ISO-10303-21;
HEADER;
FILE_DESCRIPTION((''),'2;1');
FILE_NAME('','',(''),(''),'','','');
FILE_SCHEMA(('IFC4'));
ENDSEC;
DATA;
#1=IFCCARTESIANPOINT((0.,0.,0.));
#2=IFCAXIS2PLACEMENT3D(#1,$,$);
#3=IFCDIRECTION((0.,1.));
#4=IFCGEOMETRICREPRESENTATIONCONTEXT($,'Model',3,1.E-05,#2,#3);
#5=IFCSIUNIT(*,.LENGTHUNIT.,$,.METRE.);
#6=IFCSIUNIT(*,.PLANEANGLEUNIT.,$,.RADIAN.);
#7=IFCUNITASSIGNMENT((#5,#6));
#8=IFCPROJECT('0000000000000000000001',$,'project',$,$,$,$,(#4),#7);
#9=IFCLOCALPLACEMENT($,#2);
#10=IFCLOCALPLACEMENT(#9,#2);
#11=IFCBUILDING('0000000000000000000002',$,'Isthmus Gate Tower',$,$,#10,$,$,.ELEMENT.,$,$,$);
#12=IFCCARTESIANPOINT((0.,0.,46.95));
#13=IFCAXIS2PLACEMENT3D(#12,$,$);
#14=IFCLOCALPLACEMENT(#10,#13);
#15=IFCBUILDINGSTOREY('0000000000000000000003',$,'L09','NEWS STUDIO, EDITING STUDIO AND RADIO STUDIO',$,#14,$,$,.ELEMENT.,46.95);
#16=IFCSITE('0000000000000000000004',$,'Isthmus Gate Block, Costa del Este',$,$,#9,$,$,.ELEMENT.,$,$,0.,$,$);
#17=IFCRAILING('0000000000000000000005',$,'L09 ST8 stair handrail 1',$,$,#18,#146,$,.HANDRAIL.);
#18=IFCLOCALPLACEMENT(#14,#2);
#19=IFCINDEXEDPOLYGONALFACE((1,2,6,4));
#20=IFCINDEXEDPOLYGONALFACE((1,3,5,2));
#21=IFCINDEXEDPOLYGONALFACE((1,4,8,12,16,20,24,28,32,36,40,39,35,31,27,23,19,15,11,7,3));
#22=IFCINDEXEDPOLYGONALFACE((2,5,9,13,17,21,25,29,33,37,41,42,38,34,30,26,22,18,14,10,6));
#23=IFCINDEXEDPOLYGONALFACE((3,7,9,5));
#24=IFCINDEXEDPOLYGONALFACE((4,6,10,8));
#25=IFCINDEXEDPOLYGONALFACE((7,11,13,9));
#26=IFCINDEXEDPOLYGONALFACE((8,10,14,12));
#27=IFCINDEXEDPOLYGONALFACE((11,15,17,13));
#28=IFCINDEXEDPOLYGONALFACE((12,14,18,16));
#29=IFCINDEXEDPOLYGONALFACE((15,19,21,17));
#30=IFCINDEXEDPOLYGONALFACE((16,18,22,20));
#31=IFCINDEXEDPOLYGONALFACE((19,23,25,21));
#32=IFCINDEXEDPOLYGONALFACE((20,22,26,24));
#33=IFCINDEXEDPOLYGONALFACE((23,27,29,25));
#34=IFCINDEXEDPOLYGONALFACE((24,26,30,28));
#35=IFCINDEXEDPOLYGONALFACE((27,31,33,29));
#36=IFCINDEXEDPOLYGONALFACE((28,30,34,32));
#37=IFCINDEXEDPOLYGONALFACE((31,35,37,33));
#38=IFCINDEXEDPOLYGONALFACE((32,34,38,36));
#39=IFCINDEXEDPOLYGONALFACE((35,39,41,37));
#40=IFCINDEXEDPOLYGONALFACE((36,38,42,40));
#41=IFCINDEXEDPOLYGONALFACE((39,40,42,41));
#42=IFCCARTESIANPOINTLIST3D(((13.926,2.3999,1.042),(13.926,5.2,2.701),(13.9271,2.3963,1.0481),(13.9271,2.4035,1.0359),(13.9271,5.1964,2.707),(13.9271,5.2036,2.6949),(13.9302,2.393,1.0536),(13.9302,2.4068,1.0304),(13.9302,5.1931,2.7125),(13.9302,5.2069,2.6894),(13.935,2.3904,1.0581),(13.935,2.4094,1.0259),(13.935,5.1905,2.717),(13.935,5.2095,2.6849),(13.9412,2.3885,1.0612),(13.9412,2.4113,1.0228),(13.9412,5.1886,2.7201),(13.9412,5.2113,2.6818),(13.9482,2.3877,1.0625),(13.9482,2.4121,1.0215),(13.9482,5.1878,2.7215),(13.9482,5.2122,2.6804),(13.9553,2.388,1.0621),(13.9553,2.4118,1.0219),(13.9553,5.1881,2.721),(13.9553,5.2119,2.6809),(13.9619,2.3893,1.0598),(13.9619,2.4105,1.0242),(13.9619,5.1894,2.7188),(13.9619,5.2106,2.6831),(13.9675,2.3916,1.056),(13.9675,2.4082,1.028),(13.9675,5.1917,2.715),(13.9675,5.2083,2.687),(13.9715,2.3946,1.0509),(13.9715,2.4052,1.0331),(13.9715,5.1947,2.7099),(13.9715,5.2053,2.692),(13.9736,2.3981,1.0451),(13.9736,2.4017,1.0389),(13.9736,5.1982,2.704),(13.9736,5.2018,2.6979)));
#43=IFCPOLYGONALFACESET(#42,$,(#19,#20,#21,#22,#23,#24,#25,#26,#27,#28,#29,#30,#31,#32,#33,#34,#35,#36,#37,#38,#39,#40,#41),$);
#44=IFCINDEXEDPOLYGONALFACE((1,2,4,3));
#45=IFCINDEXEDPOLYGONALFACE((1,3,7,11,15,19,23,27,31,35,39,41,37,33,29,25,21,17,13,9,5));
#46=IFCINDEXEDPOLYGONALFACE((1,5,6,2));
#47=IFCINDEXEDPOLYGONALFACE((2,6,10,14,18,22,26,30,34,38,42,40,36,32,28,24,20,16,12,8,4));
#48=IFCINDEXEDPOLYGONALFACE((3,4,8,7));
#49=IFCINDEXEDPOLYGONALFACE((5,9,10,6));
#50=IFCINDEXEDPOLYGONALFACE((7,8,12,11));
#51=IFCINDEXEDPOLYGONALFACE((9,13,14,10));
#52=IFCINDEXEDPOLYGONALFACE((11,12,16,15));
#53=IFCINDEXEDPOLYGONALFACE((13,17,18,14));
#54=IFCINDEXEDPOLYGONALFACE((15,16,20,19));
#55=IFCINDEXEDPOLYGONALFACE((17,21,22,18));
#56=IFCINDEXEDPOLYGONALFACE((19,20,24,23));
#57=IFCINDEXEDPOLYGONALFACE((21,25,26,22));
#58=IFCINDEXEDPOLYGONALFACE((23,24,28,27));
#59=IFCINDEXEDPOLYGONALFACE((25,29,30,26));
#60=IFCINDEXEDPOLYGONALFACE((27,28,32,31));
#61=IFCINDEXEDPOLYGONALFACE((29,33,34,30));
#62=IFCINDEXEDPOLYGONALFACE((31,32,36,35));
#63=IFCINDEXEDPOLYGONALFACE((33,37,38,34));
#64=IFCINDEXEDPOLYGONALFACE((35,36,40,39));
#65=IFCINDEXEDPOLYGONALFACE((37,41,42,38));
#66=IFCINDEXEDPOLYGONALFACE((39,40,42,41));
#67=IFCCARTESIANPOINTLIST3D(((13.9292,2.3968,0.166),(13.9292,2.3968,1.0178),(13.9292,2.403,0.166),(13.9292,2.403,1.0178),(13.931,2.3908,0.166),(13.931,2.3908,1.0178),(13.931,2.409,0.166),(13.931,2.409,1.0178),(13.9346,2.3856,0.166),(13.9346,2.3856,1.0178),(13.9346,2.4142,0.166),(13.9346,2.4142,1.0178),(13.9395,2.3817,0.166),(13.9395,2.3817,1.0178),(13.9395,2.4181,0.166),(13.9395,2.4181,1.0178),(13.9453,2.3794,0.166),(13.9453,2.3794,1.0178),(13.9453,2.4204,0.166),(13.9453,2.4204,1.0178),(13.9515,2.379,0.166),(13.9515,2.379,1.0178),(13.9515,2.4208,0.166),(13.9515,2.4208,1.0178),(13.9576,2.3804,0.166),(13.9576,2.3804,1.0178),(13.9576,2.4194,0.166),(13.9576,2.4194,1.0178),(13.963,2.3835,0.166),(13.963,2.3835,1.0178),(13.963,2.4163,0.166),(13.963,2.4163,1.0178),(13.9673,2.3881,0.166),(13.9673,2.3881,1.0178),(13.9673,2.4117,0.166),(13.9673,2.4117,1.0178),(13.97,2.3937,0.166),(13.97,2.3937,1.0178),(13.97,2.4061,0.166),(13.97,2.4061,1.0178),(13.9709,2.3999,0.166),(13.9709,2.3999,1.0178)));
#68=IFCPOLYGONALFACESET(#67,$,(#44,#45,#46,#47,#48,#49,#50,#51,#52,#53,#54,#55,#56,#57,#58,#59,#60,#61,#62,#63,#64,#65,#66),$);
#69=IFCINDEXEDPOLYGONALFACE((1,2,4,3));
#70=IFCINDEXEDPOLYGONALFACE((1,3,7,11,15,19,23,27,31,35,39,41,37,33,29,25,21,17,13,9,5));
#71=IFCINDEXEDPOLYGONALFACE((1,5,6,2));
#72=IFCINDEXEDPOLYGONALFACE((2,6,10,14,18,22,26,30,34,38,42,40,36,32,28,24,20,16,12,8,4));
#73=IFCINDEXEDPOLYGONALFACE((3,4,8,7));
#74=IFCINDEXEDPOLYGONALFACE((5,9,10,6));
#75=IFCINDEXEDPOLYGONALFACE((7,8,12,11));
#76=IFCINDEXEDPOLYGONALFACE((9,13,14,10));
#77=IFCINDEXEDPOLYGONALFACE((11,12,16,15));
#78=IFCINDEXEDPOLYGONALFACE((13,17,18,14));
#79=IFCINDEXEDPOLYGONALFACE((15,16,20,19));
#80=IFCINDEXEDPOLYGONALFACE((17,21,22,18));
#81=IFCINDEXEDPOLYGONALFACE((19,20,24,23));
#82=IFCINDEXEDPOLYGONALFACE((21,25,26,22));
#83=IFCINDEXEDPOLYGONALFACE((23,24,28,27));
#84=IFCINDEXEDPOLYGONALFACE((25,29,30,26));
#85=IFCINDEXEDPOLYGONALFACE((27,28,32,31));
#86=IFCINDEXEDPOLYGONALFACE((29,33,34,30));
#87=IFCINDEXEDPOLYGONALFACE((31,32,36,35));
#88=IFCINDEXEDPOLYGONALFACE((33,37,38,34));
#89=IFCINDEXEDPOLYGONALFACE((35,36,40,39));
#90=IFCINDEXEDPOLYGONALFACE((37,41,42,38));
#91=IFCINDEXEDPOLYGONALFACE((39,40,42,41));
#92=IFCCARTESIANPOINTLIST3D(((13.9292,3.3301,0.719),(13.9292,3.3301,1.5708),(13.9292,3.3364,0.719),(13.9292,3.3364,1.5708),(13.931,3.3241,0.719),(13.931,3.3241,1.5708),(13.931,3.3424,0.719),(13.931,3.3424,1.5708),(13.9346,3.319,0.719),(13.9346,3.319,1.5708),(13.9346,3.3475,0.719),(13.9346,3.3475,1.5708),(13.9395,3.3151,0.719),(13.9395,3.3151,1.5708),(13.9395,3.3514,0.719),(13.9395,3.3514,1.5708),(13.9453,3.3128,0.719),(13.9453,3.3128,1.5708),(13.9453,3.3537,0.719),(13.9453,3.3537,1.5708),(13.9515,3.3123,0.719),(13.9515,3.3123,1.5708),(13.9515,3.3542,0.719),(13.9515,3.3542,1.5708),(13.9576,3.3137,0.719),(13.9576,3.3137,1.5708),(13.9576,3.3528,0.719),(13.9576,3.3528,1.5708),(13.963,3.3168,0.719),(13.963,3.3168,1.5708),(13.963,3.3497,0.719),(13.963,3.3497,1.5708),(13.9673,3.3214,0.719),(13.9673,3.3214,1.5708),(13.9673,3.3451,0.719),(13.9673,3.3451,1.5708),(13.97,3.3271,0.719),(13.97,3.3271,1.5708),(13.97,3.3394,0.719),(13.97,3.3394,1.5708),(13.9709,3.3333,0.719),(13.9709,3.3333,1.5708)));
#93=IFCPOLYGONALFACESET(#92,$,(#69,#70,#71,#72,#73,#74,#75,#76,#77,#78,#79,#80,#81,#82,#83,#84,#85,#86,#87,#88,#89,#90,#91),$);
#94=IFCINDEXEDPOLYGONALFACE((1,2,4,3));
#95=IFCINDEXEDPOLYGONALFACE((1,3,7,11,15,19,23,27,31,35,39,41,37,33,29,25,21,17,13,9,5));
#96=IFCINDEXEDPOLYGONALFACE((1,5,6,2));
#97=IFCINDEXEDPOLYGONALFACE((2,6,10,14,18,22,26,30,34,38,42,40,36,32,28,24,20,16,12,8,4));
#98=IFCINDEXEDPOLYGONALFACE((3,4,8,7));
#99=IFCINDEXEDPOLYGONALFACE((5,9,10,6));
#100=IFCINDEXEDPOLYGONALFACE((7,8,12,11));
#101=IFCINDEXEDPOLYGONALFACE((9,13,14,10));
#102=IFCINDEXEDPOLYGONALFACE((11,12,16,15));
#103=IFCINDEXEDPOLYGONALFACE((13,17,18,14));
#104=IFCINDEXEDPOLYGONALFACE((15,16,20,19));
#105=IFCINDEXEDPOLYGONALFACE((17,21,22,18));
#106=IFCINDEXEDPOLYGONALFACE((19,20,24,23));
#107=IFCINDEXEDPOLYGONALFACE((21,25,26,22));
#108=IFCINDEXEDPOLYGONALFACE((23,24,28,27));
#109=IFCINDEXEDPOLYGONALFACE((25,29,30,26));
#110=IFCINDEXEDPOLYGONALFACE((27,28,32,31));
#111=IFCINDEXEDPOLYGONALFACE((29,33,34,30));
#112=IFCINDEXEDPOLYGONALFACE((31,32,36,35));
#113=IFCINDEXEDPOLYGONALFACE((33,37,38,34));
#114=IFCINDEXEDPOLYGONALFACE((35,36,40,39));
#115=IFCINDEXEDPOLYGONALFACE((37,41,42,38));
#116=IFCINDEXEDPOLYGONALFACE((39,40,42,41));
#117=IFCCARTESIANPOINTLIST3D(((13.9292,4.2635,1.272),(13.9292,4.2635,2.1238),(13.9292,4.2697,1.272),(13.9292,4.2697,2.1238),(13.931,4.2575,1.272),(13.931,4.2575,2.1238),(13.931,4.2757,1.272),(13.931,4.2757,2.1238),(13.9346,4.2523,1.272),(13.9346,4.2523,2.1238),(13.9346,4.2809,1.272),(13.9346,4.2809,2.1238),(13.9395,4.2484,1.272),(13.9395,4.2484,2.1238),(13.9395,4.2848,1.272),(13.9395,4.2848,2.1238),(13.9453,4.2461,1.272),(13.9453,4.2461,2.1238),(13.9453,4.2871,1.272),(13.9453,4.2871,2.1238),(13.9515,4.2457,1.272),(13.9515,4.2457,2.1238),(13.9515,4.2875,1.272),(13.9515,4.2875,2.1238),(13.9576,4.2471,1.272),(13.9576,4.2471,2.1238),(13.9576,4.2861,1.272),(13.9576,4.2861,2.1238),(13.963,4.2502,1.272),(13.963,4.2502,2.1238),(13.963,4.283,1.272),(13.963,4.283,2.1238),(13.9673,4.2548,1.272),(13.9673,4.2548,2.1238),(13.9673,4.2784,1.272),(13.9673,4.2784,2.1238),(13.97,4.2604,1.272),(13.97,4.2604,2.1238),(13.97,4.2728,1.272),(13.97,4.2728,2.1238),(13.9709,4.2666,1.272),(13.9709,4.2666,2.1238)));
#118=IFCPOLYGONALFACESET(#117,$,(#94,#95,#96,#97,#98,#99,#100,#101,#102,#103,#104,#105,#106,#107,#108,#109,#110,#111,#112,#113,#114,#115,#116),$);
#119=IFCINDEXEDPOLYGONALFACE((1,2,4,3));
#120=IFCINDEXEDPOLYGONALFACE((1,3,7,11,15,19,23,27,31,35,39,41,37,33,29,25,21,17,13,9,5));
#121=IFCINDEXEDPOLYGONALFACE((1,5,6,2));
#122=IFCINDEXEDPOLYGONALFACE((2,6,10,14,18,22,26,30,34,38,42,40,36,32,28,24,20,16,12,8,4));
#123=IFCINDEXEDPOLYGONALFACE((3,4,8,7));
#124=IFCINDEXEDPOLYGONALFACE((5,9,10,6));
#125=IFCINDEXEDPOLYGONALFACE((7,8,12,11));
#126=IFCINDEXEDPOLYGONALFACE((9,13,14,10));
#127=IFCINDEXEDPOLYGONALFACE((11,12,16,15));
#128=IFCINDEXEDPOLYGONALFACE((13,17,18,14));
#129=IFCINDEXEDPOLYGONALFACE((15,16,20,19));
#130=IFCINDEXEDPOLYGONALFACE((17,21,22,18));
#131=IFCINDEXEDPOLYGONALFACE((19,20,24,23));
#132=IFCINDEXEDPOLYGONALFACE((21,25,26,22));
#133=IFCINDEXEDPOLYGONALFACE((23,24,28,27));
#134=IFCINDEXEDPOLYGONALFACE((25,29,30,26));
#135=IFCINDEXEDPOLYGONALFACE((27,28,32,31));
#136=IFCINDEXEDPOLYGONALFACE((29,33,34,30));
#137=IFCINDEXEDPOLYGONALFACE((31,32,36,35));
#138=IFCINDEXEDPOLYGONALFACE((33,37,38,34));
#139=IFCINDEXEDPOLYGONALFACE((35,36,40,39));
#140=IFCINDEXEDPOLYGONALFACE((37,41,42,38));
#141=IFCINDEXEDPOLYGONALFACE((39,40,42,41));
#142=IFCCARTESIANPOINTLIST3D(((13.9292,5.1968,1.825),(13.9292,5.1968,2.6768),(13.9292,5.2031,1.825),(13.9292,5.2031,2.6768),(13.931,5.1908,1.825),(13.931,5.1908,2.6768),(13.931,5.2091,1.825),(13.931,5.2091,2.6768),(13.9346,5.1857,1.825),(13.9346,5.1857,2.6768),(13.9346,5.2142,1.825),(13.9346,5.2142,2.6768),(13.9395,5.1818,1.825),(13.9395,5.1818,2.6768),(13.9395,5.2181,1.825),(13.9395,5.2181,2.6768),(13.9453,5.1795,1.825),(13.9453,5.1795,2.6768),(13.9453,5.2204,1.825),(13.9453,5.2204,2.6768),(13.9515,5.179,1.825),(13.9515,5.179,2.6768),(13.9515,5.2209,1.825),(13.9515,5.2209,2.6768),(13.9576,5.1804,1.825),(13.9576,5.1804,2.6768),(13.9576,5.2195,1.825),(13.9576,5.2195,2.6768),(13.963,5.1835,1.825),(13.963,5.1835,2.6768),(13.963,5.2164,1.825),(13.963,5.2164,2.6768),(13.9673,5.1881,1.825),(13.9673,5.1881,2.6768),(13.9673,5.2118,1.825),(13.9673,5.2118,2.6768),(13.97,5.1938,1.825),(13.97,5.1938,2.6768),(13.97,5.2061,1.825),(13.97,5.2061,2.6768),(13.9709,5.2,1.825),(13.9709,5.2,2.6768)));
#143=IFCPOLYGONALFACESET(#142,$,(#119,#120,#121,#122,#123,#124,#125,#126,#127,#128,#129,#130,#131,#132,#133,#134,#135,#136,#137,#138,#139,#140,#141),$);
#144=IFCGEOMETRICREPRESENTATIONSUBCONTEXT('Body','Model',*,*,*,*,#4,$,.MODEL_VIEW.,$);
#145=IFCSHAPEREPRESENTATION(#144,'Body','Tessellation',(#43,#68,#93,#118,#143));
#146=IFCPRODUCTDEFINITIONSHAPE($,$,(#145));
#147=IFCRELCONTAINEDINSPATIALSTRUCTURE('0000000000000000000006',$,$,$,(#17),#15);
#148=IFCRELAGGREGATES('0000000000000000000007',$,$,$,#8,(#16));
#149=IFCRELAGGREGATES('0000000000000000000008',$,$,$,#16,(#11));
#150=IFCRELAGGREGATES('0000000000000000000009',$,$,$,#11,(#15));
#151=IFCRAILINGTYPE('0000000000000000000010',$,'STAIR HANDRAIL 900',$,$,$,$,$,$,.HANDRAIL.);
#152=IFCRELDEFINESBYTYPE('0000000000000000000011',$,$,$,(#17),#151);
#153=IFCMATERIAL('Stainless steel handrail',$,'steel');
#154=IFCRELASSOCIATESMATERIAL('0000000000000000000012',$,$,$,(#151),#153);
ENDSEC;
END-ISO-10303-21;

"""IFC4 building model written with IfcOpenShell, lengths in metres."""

from ifc_helpers import new_model, si_unit, direction, frame, origin, origin_2d, place, context, subcontext, project, spatial, circle, extrude, material, type_object, element, save


model = new_model("IFC4")

# Units and contexts
model_context = context("Model", 3, precision=1e-05, world=origin(), true_north=direction((0.0, 1.0)))
body_context = subcontext(model_context, "Body", "Model", "MODEL_VIEW")
ifc_project = project(units=[si_unit("LENGTHUNIT", "METRE"), si_unit("PLANEANGLEUNIT", "RADIAN")], contexts=[model_context])

# Site, building, storey
site_placement = place(None, origin())
site = spatial("IfcSite", under=ifc_project, at=site_placement, Name="Isthmus Gate Block, Costa del Este", CompositionType="ELEMENT", RefElevation=0.0)
building_placement = place(site_placement, origin())
building = spatial("IfcBuilding", under=site, at=building_placement, Name="Isthmus Gate Tower", CompositionType="ELEMENT")
storey_placement = place(building_placement, frame((0.0, 0.0, 46.95)))
storey = spatial("IfcBuildingStorey", under=building, at=storey_placement, Name="L09", Description="NEWS STUDIO, EDITING STUDIO AND RADIO STUDIO", CompositionType="ELEMENT", Elevation=46.95)

# Railing
ifc_material_1 = material(Name="Stainless steel handrail", Category="steel")
railing_type = type_object("IfcRailingType", Name="STAIR HANDRAIL 900", PredefinedType="HANDRAIL", material=ifc_material_1)
railing_placement = place(storey_placement, frame((13.95, 2.3999, 0.166)))
element("IfcRailing", 1, at=railing_placement, inside=storey, type_object=railing_type, Name="L09 ST8 stair handrail 1", PredefinedType="HANDRAIL", context=body_context, shape_type="SweptSolid", body=[
    extrude(circle(Radius=0.0239, at=origin_2d()), frame((0.0, 0.0, 0.876), z_axis=(0.0, 0.860339, 0.509722), x_axis=(-1.0, 0.0, 0.0)), (0.0, 0.0, 1.0), 3.2546),
    extrude(circle(Radius=0.021, at=origin_2d()), origin(), (0.0, 0.0, 1.0), 0.8518),
    extrude(circle(Radius=0.021, at=origin_2d()), frame((0.0, 0.9333, 0.553)), (0.0, 0.0, 1.0), 0.8518),
    extrude(circle(Radius=0.021, at=origin_2d()), frame((0.0, 1.8667, 1.106)), (0.0, 0.0, 1.0), 0.8518),
    extrude(circle(Radius=0.021, at=origin_2d()), frame((0.0, 2.8, 1.6589)), (0.0, 0.0, 1.0), 0.8518),
])

save(model, "model.ifc")
